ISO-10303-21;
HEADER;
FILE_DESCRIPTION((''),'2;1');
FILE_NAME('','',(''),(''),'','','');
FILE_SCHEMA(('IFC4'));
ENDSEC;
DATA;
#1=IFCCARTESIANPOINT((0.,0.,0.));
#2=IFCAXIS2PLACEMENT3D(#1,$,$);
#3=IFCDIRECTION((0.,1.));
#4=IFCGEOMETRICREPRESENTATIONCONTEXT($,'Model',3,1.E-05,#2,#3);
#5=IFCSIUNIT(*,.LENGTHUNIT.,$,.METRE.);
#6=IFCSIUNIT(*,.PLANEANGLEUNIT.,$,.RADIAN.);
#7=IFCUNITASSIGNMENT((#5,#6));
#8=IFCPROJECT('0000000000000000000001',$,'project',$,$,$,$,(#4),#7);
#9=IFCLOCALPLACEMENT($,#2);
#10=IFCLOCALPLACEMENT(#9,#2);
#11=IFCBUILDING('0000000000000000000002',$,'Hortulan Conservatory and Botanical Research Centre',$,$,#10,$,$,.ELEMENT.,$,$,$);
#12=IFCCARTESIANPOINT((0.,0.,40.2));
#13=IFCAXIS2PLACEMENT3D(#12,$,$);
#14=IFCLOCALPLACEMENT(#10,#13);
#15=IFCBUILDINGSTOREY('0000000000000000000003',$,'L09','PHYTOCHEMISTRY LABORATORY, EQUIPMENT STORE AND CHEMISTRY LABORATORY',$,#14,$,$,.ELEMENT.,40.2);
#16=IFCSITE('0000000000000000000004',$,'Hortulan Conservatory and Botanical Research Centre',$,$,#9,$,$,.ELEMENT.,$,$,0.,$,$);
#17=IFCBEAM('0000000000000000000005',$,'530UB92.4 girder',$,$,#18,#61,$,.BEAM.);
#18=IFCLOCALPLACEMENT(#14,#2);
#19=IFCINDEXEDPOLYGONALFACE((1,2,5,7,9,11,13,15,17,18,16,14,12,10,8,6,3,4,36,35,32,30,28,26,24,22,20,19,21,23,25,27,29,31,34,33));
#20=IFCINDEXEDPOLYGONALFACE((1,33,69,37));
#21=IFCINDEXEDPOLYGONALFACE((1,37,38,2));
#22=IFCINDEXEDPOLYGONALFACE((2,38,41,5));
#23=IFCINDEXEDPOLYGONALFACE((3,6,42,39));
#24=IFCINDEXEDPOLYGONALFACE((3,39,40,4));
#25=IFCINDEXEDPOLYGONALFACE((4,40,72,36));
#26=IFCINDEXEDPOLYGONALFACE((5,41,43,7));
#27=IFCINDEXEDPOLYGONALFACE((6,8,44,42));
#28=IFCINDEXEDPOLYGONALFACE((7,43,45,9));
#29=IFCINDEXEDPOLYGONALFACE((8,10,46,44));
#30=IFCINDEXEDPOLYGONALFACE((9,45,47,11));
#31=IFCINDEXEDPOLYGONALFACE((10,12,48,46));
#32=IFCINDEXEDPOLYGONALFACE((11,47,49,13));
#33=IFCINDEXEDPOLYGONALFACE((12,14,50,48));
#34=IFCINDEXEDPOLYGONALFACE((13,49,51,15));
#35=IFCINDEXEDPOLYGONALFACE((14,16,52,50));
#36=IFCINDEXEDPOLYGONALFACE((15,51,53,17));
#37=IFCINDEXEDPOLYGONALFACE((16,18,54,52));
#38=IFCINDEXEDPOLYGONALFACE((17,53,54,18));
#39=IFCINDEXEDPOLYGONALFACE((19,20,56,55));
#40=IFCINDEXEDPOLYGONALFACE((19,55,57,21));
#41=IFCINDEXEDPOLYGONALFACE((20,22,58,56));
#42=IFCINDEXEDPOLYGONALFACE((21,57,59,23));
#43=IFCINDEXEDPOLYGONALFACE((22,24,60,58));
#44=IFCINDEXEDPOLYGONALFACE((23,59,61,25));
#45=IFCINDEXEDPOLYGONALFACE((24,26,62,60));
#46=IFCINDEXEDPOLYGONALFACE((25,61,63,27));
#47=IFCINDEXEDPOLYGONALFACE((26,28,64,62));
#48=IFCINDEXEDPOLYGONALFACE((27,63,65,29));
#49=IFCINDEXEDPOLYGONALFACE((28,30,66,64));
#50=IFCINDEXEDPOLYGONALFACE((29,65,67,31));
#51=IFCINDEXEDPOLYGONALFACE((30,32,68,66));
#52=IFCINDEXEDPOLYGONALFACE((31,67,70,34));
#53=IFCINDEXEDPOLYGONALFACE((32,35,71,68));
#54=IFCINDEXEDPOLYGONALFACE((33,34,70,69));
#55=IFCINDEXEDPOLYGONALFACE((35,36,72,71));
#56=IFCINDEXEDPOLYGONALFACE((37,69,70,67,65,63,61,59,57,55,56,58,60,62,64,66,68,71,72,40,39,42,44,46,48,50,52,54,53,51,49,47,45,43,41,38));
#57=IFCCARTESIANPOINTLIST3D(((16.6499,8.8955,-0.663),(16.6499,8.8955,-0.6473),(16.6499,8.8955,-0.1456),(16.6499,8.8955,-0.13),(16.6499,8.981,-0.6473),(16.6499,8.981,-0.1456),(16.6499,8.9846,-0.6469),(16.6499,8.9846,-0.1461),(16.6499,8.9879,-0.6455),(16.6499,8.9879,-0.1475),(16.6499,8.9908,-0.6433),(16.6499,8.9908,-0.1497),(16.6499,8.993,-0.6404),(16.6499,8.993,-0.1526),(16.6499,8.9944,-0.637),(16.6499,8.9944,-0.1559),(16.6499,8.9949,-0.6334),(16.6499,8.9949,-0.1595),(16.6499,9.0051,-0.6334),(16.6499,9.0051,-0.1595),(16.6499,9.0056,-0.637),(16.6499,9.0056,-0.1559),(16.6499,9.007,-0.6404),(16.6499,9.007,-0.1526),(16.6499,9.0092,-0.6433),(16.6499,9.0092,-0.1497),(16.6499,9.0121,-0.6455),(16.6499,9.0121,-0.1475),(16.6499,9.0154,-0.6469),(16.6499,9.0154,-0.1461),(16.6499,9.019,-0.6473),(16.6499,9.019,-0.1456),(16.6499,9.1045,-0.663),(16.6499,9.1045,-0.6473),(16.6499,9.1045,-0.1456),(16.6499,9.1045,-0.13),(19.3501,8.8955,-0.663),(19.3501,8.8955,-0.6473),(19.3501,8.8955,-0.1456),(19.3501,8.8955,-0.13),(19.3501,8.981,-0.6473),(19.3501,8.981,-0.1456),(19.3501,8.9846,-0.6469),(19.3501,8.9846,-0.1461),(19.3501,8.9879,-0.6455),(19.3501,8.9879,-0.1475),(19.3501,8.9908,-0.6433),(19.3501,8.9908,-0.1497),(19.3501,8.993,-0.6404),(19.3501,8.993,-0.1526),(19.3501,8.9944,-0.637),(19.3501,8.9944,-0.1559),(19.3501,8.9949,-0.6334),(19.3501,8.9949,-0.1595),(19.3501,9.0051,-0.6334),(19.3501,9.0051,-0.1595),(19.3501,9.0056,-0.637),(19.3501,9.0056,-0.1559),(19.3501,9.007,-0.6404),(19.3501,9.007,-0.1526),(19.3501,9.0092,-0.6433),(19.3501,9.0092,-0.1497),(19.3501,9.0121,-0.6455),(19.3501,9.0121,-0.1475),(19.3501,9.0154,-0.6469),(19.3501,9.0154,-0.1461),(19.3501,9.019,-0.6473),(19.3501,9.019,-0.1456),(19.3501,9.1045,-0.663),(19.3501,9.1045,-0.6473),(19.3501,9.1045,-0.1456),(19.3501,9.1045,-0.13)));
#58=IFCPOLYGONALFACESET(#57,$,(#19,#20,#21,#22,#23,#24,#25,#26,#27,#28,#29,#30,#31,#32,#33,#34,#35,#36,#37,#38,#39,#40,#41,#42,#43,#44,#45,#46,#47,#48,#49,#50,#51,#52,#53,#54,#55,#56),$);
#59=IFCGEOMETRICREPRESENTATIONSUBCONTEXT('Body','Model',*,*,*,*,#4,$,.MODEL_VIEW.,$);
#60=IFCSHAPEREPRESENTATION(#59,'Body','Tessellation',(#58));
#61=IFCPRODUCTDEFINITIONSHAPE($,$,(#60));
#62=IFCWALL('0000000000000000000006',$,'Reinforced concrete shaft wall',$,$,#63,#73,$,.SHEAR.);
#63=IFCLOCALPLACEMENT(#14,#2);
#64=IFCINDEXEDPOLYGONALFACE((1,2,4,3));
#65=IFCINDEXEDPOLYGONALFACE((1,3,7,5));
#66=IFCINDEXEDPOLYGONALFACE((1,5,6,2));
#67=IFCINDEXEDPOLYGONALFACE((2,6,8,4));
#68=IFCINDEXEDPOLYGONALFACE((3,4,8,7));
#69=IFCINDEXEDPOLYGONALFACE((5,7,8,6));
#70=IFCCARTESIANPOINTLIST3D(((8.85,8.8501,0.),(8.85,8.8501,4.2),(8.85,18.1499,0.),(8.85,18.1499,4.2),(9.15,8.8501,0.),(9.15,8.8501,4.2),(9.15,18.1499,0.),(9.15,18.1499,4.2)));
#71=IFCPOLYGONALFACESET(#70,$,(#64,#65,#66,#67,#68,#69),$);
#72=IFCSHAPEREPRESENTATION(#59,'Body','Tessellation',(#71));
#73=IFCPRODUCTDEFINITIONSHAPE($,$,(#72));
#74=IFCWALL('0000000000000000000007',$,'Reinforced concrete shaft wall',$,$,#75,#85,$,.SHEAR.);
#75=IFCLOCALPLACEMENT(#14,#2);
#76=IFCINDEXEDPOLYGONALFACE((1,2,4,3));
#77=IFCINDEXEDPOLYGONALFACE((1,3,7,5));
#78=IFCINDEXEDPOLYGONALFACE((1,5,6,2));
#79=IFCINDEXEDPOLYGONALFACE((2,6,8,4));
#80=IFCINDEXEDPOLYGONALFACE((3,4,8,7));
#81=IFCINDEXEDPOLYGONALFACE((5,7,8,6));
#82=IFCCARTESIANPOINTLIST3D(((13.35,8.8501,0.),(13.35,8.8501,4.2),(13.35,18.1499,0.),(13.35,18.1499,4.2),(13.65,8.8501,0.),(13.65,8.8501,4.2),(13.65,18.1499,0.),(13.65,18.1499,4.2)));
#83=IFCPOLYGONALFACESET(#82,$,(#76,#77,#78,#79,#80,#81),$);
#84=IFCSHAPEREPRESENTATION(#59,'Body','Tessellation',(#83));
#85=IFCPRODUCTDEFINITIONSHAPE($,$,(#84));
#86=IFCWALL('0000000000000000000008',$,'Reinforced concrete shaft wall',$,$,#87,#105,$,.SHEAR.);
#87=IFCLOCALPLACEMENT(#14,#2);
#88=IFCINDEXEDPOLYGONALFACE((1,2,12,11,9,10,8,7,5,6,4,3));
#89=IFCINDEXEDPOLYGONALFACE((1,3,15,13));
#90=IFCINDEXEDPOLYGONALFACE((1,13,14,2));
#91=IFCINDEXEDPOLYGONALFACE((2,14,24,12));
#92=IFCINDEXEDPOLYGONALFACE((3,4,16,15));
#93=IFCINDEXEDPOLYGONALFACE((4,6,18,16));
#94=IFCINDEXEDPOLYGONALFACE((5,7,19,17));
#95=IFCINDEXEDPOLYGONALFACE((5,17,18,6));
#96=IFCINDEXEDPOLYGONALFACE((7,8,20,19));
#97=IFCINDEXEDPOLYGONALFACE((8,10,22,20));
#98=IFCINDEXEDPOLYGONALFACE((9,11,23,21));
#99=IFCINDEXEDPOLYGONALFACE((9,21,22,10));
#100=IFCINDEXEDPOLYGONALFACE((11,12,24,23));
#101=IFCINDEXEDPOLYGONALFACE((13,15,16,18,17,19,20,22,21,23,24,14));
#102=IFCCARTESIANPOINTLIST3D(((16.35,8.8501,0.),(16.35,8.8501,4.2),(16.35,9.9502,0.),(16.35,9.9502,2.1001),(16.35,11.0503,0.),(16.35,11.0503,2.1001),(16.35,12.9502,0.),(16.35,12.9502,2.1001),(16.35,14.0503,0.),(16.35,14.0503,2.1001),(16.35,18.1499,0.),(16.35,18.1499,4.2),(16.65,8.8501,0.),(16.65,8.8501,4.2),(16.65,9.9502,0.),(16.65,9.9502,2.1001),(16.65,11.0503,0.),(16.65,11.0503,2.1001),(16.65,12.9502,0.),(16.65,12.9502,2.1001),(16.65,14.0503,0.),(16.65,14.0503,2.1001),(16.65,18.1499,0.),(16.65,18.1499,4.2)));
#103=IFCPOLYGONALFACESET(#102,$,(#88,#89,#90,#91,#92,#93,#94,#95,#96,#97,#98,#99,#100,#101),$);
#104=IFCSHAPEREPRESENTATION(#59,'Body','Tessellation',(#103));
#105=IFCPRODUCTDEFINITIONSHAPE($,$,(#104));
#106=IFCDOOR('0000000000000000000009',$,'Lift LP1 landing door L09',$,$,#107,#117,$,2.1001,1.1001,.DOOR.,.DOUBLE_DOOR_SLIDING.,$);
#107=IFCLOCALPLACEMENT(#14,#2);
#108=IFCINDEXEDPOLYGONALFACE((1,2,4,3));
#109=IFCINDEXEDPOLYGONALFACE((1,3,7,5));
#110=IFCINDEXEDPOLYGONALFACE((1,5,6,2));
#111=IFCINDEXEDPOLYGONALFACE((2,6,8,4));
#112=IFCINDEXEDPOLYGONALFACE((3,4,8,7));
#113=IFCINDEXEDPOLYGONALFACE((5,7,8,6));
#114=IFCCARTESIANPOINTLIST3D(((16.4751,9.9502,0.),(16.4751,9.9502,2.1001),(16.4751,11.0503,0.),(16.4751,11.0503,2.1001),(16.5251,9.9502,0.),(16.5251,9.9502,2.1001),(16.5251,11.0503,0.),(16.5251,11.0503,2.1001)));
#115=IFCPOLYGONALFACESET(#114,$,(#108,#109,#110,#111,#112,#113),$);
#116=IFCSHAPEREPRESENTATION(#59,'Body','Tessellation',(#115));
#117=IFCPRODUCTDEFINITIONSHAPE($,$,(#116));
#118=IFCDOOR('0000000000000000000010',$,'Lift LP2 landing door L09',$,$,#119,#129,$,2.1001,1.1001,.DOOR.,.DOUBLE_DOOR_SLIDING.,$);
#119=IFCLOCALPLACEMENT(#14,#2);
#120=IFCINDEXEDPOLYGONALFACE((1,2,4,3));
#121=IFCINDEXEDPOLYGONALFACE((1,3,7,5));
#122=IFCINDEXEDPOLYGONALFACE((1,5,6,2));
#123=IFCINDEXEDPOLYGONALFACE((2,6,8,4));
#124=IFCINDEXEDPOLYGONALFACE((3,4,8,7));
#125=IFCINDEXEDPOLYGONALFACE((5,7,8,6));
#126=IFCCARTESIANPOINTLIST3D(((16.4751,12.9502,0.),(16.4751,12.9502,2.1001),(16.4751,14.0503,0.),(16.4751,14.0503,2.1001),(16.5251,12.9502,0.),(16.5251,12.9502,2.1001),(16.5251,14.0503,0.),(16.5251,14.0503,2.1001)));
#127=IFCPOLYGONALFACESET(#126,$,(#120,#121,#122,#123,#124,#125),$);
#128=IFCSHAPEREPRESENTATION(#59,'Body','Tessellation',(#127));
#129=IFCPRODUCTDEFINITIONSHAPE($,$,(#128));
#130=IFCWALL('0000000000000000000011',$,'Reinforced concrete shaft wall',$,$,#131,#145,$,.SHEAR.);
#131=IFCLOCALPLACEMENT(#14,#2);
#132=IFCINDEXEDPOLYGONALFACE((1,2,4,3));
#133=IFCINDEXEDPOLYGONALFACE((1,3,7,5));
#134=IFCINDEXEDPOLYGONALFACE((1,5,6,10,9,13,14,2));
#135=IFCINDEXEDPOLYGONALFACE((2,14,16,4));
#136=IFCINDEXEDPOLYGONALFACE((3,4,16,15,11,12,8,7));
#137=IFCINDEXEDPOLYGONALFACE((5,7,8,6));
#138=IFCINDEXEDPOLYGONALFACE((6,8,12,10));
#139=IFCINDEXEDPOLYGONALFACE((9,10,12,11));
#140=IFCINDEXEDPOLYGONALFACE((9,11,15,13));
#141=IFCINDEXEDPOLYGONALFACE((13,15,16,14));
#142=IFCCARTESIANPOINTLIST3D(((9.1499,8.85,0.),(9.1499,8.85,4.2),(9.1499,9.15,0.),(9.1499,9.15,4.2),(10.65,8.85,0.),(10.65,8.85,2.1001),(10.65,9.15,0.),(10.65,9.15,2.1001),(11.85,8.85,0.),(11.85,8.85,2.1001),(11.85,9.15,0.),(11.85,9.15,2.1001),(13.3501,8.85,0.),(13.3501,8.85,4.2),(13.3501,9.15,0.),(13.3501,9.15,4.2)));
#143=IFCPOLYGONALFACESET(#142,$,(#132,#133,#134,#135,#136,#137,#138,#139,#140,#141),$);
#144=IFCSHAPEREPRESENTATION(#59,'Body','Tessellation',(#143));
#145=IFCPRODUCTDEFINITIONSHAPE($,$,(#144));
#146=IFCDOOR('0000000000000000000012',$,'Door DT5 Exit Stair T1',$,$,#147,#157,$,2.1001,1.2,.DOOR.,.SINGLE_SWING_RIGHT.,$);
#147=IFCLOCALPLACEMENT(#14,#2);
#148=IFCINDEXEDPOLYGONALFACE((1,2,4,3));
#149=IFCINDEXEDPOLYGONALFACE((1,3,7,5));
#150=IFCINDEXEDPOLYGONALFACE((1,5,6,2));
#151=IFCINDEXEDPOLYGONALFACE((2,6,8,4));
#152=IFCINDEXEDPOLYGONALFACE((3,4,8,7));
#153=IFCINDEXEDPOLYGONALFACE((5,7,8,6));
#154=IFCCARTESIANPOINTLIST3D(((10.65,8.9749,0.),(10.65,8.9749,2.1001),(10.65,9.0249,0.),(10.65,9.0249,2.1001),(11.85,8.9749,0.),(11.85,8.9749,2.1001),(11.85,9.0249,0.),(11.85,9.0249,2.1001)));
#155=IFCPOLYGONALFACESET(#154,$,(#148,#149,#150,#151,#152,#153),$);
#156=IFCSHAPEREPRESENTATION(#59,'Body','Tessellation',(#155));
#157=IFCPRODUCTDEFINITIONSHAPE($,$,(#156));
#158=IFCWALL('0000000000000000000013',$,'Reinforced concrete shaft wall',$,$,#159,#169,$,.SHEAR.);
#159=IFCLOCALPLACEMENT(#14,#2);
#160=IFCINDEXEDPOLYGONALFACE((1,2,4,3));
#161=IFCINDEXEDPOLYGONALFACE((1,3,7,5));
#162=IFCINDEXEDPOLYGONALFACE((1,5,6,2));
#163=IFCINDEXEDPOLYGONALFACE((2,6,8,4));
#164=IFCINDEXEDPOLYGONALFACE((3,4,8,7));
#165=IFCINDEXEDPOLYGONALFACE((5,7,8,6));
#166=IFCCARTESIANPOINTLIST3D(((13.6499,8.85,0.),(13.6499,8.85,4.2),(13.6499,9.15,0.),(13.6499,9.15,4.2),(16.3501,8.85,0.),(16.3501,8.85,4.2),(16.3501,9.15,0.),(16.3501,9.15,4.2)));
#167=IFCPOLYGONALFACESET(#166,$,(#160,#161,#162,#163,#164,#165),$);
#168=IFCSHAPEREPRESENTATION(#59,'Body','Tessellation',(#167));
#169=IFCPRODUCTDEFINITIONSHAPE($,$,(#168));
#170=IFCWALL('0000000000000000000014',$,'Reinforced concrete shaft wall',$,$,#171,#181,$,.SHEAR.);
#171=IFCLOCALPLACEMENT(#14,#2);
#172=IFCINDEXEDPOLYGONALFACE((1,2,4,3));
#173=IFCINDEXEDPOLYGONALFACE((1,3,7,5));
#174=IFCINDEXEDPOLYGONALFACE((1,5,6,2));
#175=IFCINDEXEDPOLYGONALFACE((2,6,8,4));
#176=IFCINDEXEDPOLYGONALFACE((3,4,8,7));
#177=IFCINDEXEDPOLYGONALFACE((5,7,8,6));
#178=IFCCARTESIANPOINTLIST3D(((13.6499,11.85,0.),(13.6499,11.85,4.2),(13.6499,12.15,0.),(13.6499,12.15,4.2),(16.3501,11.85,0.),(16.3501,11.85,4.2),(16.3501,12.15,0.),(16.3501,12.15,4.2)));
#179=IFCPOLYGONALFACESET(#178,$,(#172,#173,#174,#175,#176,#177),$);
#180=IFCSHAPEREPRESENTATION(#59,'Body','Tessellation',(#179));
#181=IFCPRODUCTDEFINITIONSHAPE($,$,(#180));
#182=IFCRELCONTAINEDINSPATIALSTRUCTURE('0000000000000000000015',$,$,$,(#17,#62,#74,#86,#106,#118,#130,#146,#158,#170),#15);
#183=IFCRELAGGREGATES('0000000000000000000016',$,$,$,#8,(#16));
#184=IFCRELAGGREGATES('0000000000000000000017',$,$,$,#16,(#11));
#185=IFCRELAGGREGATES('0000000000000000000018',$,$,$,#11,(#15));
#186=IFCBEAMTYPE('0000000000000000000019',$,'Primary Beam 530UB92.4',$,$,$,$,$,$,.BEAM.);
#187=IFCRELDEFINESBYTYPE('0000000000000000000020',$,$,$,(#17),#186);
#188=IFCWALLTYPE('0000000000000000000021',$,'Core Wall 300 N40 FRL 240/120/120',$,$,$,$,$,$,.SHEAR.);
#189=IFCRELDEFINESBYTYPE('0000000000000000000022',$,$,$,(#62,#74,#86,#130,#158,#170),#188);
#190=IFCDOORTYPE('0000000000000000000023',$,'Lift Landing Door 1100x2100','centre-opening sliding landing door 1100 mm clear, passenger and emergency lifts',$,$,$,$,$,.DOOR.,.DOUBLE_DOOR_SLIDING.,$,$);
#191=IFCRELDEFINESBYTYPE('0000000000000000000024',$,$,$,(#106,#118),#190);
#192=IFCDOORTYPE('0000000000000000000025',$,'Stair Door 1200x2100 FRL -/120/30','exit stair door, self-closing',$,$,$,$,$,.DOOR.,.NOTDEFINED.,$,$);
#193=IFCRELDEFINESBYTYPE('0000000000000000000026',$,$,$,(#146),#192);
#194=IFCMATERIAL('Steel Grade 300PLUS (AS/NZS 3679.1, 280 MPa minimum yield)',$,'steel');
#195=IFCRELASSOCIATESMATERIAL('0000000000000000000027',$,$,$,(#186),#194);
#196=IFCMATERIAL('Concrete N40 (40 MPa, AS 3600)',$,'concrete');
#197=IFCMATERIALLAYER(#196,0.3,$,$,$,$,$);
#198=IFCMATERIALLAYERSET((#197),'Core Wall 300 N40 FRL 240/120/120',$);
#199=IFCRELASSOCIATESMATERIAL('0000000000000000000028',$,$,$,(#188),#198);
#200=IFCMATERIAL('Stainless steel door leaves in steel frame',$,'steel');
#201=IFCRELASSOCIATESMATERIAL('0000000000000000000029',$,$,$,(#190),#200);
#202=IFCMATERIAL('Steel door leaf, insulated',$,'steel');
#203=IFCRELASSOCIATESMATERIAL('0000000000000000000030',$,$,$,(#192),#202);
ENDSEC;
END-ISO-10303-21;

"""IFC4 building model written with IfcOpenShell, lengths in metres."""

from ifc_helpers import new_model, si_unit, direction, frame, frame_2d, origin, origin_2d, place, context, subcontext, project, spatial, rectangle, i_section, extrude, material, layer, layer_set, material_profile, profile_set, type_object, element, fill, save


model = new_model("IFC4")

# Units and contexts
model_context = context("Model", 3, precision=1e-05, world=origin(), true_north=direction((0.0, 1.0)))
body_context = subcontext(model_context, "Body", "Model", "MODEL_VIEW")
ifc_project = project(units=[si_unit("LENGTHUNIT", "METRE"), si_unit("PLANEANGLEUNIT", "RADIAN")], contexts=[model_context])

# Site, building, storey
site_placement = place(None, origin())
site = spatial("IfcSite", under=ifc_project, at=site_placement, Name="Hortulan Conservatory and Botanical Research Centre", CompositionType="ELEMENT", RefElevation=0.0)
building_placement = place(site_placement, origin())
building = spatial("IfcBuilding", under=site, at=building_placement, Name="Hortulan Conservatory and Botanical Research Centre", CompositionType="ELEMENT")
storey_placement = place(building_placement, frame((0.0, 0.0, 40.2)))
storey = spatial("IfcBuildingStorey", under=building, at=storey_placement, Name="L09", Description="PHYTOCHEMISTRY LABORATORY, EQUIPMENT STORE AND CHEMISTRY LABORATORY", CompositionType="ELEMENT", Elevation=40.2)

# Beam
ifc_material_1 = material(Name="Steel Grade 300PLUS (AS/NZS 3679.1, 280 MPa minimum yield)", Category="steel")
ifc_material_profile = material_profile(ifc_material_1, i_section(OverallWidth=0.209, OverallDepth=0.533, WebThickness=0.0103, FlangeThickness=0.0156, FilletRadius=0.0139, at=origin_2d()), Name="530UB92.4")
ifc_profile_set = profile_set([ifc_material_profile], Name="Steel Grade 300PLUS (AS/NZS 3679.1, 280 MPa minimum yield)")
beam_type = type_object("IfcBeamType", Name="Primary Beam 530UB92.4", PredefinedType="BEAM", material=ifc_profile_set)
beam_placement = place(storey_placement, frame((16.6499, 9.0, -0.3965), z_axis=(1.0, 0.0, 0.0), x_axis=(0.0, 1.0, 0.0)))
element("IfcBeam", 1, at=beam_placement, inside=storey, type_object=beam_type, Name="530UB92.4 girder", PredefinedType="BEAM", context=body_context, shape_type="SweptSolid", body=[
    extrude(i_section(OverallWidth=0.209, OverallDepth=0.533, WebThickness=0.0103, FlangeThickness=0.0156, FilletRadius=0.0139, at=origin_2d()), origin(), (0.0, 0.0, 1.0), 2.7002),
])

# Walls
ifc_material_2 = material(Name="Concrete N40 (40 MPa, AS 3600)", Category="concrete")
ifc_layer_1 = layer(ifc_material_2, 0.3)
ifc_layer_set_1 = layer_set([ifc_layer_1], Name="Core Wall 300 N40 FRL 240/120/120")
wall_type = type_object("IfcWallType", Name="Core Wall 300 N40 FRL 240/120/120", PredefinedType="SHEAR", material=ifc_layer_set_1)
for number, where, z_axis, x_axis, name in (
    (2, (9.0, 8.8501, 0.0), (0.0, 0.0, 1.0), (0.0, 1.0, 0.0), "Reinforced concrete shaft wall"),
    (3, (13.5, 8.8501, 0.0), (0.0, 0.0, 1.0), (0.0, 1.0, 0.0), "Reinforced concrete shaft wall"),
):
    element("IfcWall", number, at=place(storey_placement, frame(where, z_axis=z_axis, x_axis=x_axis)), inside=storey, type_object=wall_type, Name=name, PredefinedType="SHEAR", context=body_context, shape_type="SweptSolid", body=[
        extrude(rectangle(XDim=9.2998, YDim=0.3, at=frame_2d((4.6499, 0.0))), origin(), (0.0, 0.0, 1.0), 4.2),
    ])

# Wall, openings, doors
wall_1_placement = place(storey_placement, frame((16.5, 8.8501, 0.0), z_axis=(0.0, 0.0, 1.0), x_axis=(0.0, 1.0, 0.0)))
wall_1 = element("IfcWall", 4, at=wall_1_placement, inside=storey, type_object=wall_type, Name="Reinforced concrete shaft wall", PredefinedType="SHEAR", context=body_context, shape_type="SweptSolid", body=[
    extrude(rectangle(XDim=9.2998, YDim=0.3, at=frame_2d((4.6499, 0.0))), origin(), (0.0, 0.0, 1.0), 4.2),
])
opening_1_placement = place(wall_1_placement, frame((1.1001, 0.0, 0.0)))
opening_1 = element("IfcOpeningElement", 5, at=opening_1_placement, cuts=wall_1, PredefinedType="OPENING", context=body_context, shape_type="SweptSolid", body=[
    extrude(rectangle(XDim=1.1001, YDim=2.1001, at=frame_2d((0.55, 1.05))), frame((0.0, 0.1599, 0.0), z_axis=(0.0, -1.0, 0.0), x_axis=(1.0, 0.0, 0.0)), (0.0, 0.0, 1.0), 0.3201),
])
opening_2_placement = place(wall_1_placement, frame((4.1001, 0.0, 0.0)))
opening_2 = element("IfcOpeningElement", 6, at=opening_2_placement, cuts=wall_1, PredefinedType="OPENING", context=body_context, shape_type="SweptSolid", body=[
    extrude(rectangle(XDim=1.1001, YDim=2.1001, at=frame_2d((0.55, 1.05))), frame((0.0, 0.1599, 0.0), z_axis=(0.0, -1.0, 0.0), x_axis=(1.0, 0.0, 0.0)), (0.0, 0.0, 1.0), 0.3201),
])
ifc_material_3 = material(Name="Stainless steel door leaves in steel frame", Category="steel")
door_type_1 = type_object("IfcDoorType", Name="Lift Landing Door 1100x2100", Description="centre-opening sliding landing door 1100 mm clear, passenger and emergency lifts", OperationType="DOUBLE_DOOR_SLIDING", PredefinedType="DOOR", material=ifc_material_3)
door_1_placement = place(opening_1_placement, origin())
door_1 = element("IfcDoor", 7, at=door_1_placement, inside=storey, type_object=door_type_1, Name="Lift LP1 landing door L09", OperationType="DOUBLE_DOOR_SLIDING", OverallHeight=2.1001, OverallWidth=1.1001, PredefinedType="DOOR", context=body_context, shape_type="SweptSolid", body=[
    extrude(rectangle(XDim=1.1001, YDim=2.1001, at=frame_2d((0.55, 1.05))), frame((0.0, 0.0249, 0.0), z_axis=(0.0, -1.0, 0.0), x_axis=(1.0, 0.0, 0.0)), (0.0, 0.0, 1.0), 0.05),
])
fill(opening_1, door_1)
door_2_placement = place(opening_2_placement, origin())
door_2 = element("IfcDoor", 8, at=door_2_placement, inside=storey, type_object=door_type_1, Name="Lift LP2 landing door L09", OperationType="DOUBLE_DOOR_SLIDING", OverallHeight=2.1001, OverallWidth=1.1001, PredefinedType="DOOR", context=body_context, shape_type="SweptSolid", body=[
    extrude(rectangle(XDim=1.1001, YDim=2.1001, at=frame_2d((0.55, 1.05))), frame((0.0, 0.0249, 0.0), z_axis=(0.0, -1.0, 0.0), x_axis=(1.0, 0.0, 0.0)), (0.0, 0.0, 1.0), 0.05),
])
fill(opening_2, door_2)

# Wall, opening, door
wall_2_placement = place(storey_placement, frame((9.1499, 9.0, 0.0), z_axis=(0.0, 0.0, 1.0), x_axis=(1.0, 0.0, 0.0)))
wall_2 = element("IfcWall", 9, at=wall_2_placement, inside=storey, type_object=wall_type, Name="Reinforced concrete shaft wall", PredefinedType="SHEAR", context=body_context, shape_type="SweptSolid", body=[
    extrude(rectangle(XDim=4.2002, YDim=0.3, at=frame_2d((2.1001, 0.0))), origin(), (0.0, 0.0, 1.0), 4.2),
])
opening_3_placement = place(wall_2_placement, frame((1.5, 0.0, 0.0)))
opening_3 = element("IfcOpeningElement", 10, at=opening_3_placement, cuts=wall_2, PredefinedType="OPENING", context=body_context, shape_type="SweptSolid", body=[
    extrude(rectangle(XDim=1.2, YDim=2.1001, at=frame_2d((0.6001, 1.05))), frame((0.0, 0.1599, 0.0), z_axis=(0.0, -1.0, 0.0), x_axis=(1.0, 0.0, 0.0)), (0.0, 0.0, 1.0), 0.3201),
])
ifc_material_4 = material(Name="Steel door leaf, insulated", Category="steel")
door_type_2 = type_object("IfcDoorType", Name="Stair Door 1200x2100 FRL -/120/30", Description="exit stair door, self-closing", OperationType="NOTDEFINED", PredefinedType="DOOR", material=ifc_material_4)
door_3_placement = place(opening_3_placement, origin())
door_3 = element("IfcDoor", 11, at=door_3_placement, inside=storey, type_object=door_type_2, Name="Door DT5 Exit Stair T1", OperationType="SINGLE_SWING_RIGHT", OverallHeight=2.1001, OverallWidth=1.2, PredefinedType="DOOR", context=body_context, shape_type="SweptSolid", body=[
    extrude(rectangle(XDim=1.2, YDim=2.1001, at=frame_2d((0.6001, 1.05))), frame((0.0, 0.0249, 0.0), z_axis=(0.0, -1.0, 0.0), x_axis=(1.0, 0.0, 0.0)), (0.0, 0.0, 1.0), 0.05),
])
fill(opening_3, door_3)

# Walls
for number, where, z_axis, x_axis, name in (
    (12, (13.6499, 9.0, 0.0), (0.0, 0.0, 1.0), (1.0, 0.0, 0.0), "Reinforced concrete shaft wall"),
    (13, (13.6499, 12.0, 0.0), (0.0, 0.0, 1.0), (1.0, 0.0, 0.0), "Reinforced concrete shaft wall"),
):
    element("IfcWall", number, at=place(storey_placement, frame(where, z_axis=z_axis, x_axis=x_axis)), inside=storey, type_object=wall_type, Name=name, PredefinedType="SHEAR", context=body_context, shape_type="SweptSolid", body=[
        extrude(rectangle(XDim=2.7002, YDim=0.3, at=frame_2d((1.3501, 0.0))), origin(), (0.0, 0.0, 1.0), 4.2),
    ])

save(model, "model.ifc")
